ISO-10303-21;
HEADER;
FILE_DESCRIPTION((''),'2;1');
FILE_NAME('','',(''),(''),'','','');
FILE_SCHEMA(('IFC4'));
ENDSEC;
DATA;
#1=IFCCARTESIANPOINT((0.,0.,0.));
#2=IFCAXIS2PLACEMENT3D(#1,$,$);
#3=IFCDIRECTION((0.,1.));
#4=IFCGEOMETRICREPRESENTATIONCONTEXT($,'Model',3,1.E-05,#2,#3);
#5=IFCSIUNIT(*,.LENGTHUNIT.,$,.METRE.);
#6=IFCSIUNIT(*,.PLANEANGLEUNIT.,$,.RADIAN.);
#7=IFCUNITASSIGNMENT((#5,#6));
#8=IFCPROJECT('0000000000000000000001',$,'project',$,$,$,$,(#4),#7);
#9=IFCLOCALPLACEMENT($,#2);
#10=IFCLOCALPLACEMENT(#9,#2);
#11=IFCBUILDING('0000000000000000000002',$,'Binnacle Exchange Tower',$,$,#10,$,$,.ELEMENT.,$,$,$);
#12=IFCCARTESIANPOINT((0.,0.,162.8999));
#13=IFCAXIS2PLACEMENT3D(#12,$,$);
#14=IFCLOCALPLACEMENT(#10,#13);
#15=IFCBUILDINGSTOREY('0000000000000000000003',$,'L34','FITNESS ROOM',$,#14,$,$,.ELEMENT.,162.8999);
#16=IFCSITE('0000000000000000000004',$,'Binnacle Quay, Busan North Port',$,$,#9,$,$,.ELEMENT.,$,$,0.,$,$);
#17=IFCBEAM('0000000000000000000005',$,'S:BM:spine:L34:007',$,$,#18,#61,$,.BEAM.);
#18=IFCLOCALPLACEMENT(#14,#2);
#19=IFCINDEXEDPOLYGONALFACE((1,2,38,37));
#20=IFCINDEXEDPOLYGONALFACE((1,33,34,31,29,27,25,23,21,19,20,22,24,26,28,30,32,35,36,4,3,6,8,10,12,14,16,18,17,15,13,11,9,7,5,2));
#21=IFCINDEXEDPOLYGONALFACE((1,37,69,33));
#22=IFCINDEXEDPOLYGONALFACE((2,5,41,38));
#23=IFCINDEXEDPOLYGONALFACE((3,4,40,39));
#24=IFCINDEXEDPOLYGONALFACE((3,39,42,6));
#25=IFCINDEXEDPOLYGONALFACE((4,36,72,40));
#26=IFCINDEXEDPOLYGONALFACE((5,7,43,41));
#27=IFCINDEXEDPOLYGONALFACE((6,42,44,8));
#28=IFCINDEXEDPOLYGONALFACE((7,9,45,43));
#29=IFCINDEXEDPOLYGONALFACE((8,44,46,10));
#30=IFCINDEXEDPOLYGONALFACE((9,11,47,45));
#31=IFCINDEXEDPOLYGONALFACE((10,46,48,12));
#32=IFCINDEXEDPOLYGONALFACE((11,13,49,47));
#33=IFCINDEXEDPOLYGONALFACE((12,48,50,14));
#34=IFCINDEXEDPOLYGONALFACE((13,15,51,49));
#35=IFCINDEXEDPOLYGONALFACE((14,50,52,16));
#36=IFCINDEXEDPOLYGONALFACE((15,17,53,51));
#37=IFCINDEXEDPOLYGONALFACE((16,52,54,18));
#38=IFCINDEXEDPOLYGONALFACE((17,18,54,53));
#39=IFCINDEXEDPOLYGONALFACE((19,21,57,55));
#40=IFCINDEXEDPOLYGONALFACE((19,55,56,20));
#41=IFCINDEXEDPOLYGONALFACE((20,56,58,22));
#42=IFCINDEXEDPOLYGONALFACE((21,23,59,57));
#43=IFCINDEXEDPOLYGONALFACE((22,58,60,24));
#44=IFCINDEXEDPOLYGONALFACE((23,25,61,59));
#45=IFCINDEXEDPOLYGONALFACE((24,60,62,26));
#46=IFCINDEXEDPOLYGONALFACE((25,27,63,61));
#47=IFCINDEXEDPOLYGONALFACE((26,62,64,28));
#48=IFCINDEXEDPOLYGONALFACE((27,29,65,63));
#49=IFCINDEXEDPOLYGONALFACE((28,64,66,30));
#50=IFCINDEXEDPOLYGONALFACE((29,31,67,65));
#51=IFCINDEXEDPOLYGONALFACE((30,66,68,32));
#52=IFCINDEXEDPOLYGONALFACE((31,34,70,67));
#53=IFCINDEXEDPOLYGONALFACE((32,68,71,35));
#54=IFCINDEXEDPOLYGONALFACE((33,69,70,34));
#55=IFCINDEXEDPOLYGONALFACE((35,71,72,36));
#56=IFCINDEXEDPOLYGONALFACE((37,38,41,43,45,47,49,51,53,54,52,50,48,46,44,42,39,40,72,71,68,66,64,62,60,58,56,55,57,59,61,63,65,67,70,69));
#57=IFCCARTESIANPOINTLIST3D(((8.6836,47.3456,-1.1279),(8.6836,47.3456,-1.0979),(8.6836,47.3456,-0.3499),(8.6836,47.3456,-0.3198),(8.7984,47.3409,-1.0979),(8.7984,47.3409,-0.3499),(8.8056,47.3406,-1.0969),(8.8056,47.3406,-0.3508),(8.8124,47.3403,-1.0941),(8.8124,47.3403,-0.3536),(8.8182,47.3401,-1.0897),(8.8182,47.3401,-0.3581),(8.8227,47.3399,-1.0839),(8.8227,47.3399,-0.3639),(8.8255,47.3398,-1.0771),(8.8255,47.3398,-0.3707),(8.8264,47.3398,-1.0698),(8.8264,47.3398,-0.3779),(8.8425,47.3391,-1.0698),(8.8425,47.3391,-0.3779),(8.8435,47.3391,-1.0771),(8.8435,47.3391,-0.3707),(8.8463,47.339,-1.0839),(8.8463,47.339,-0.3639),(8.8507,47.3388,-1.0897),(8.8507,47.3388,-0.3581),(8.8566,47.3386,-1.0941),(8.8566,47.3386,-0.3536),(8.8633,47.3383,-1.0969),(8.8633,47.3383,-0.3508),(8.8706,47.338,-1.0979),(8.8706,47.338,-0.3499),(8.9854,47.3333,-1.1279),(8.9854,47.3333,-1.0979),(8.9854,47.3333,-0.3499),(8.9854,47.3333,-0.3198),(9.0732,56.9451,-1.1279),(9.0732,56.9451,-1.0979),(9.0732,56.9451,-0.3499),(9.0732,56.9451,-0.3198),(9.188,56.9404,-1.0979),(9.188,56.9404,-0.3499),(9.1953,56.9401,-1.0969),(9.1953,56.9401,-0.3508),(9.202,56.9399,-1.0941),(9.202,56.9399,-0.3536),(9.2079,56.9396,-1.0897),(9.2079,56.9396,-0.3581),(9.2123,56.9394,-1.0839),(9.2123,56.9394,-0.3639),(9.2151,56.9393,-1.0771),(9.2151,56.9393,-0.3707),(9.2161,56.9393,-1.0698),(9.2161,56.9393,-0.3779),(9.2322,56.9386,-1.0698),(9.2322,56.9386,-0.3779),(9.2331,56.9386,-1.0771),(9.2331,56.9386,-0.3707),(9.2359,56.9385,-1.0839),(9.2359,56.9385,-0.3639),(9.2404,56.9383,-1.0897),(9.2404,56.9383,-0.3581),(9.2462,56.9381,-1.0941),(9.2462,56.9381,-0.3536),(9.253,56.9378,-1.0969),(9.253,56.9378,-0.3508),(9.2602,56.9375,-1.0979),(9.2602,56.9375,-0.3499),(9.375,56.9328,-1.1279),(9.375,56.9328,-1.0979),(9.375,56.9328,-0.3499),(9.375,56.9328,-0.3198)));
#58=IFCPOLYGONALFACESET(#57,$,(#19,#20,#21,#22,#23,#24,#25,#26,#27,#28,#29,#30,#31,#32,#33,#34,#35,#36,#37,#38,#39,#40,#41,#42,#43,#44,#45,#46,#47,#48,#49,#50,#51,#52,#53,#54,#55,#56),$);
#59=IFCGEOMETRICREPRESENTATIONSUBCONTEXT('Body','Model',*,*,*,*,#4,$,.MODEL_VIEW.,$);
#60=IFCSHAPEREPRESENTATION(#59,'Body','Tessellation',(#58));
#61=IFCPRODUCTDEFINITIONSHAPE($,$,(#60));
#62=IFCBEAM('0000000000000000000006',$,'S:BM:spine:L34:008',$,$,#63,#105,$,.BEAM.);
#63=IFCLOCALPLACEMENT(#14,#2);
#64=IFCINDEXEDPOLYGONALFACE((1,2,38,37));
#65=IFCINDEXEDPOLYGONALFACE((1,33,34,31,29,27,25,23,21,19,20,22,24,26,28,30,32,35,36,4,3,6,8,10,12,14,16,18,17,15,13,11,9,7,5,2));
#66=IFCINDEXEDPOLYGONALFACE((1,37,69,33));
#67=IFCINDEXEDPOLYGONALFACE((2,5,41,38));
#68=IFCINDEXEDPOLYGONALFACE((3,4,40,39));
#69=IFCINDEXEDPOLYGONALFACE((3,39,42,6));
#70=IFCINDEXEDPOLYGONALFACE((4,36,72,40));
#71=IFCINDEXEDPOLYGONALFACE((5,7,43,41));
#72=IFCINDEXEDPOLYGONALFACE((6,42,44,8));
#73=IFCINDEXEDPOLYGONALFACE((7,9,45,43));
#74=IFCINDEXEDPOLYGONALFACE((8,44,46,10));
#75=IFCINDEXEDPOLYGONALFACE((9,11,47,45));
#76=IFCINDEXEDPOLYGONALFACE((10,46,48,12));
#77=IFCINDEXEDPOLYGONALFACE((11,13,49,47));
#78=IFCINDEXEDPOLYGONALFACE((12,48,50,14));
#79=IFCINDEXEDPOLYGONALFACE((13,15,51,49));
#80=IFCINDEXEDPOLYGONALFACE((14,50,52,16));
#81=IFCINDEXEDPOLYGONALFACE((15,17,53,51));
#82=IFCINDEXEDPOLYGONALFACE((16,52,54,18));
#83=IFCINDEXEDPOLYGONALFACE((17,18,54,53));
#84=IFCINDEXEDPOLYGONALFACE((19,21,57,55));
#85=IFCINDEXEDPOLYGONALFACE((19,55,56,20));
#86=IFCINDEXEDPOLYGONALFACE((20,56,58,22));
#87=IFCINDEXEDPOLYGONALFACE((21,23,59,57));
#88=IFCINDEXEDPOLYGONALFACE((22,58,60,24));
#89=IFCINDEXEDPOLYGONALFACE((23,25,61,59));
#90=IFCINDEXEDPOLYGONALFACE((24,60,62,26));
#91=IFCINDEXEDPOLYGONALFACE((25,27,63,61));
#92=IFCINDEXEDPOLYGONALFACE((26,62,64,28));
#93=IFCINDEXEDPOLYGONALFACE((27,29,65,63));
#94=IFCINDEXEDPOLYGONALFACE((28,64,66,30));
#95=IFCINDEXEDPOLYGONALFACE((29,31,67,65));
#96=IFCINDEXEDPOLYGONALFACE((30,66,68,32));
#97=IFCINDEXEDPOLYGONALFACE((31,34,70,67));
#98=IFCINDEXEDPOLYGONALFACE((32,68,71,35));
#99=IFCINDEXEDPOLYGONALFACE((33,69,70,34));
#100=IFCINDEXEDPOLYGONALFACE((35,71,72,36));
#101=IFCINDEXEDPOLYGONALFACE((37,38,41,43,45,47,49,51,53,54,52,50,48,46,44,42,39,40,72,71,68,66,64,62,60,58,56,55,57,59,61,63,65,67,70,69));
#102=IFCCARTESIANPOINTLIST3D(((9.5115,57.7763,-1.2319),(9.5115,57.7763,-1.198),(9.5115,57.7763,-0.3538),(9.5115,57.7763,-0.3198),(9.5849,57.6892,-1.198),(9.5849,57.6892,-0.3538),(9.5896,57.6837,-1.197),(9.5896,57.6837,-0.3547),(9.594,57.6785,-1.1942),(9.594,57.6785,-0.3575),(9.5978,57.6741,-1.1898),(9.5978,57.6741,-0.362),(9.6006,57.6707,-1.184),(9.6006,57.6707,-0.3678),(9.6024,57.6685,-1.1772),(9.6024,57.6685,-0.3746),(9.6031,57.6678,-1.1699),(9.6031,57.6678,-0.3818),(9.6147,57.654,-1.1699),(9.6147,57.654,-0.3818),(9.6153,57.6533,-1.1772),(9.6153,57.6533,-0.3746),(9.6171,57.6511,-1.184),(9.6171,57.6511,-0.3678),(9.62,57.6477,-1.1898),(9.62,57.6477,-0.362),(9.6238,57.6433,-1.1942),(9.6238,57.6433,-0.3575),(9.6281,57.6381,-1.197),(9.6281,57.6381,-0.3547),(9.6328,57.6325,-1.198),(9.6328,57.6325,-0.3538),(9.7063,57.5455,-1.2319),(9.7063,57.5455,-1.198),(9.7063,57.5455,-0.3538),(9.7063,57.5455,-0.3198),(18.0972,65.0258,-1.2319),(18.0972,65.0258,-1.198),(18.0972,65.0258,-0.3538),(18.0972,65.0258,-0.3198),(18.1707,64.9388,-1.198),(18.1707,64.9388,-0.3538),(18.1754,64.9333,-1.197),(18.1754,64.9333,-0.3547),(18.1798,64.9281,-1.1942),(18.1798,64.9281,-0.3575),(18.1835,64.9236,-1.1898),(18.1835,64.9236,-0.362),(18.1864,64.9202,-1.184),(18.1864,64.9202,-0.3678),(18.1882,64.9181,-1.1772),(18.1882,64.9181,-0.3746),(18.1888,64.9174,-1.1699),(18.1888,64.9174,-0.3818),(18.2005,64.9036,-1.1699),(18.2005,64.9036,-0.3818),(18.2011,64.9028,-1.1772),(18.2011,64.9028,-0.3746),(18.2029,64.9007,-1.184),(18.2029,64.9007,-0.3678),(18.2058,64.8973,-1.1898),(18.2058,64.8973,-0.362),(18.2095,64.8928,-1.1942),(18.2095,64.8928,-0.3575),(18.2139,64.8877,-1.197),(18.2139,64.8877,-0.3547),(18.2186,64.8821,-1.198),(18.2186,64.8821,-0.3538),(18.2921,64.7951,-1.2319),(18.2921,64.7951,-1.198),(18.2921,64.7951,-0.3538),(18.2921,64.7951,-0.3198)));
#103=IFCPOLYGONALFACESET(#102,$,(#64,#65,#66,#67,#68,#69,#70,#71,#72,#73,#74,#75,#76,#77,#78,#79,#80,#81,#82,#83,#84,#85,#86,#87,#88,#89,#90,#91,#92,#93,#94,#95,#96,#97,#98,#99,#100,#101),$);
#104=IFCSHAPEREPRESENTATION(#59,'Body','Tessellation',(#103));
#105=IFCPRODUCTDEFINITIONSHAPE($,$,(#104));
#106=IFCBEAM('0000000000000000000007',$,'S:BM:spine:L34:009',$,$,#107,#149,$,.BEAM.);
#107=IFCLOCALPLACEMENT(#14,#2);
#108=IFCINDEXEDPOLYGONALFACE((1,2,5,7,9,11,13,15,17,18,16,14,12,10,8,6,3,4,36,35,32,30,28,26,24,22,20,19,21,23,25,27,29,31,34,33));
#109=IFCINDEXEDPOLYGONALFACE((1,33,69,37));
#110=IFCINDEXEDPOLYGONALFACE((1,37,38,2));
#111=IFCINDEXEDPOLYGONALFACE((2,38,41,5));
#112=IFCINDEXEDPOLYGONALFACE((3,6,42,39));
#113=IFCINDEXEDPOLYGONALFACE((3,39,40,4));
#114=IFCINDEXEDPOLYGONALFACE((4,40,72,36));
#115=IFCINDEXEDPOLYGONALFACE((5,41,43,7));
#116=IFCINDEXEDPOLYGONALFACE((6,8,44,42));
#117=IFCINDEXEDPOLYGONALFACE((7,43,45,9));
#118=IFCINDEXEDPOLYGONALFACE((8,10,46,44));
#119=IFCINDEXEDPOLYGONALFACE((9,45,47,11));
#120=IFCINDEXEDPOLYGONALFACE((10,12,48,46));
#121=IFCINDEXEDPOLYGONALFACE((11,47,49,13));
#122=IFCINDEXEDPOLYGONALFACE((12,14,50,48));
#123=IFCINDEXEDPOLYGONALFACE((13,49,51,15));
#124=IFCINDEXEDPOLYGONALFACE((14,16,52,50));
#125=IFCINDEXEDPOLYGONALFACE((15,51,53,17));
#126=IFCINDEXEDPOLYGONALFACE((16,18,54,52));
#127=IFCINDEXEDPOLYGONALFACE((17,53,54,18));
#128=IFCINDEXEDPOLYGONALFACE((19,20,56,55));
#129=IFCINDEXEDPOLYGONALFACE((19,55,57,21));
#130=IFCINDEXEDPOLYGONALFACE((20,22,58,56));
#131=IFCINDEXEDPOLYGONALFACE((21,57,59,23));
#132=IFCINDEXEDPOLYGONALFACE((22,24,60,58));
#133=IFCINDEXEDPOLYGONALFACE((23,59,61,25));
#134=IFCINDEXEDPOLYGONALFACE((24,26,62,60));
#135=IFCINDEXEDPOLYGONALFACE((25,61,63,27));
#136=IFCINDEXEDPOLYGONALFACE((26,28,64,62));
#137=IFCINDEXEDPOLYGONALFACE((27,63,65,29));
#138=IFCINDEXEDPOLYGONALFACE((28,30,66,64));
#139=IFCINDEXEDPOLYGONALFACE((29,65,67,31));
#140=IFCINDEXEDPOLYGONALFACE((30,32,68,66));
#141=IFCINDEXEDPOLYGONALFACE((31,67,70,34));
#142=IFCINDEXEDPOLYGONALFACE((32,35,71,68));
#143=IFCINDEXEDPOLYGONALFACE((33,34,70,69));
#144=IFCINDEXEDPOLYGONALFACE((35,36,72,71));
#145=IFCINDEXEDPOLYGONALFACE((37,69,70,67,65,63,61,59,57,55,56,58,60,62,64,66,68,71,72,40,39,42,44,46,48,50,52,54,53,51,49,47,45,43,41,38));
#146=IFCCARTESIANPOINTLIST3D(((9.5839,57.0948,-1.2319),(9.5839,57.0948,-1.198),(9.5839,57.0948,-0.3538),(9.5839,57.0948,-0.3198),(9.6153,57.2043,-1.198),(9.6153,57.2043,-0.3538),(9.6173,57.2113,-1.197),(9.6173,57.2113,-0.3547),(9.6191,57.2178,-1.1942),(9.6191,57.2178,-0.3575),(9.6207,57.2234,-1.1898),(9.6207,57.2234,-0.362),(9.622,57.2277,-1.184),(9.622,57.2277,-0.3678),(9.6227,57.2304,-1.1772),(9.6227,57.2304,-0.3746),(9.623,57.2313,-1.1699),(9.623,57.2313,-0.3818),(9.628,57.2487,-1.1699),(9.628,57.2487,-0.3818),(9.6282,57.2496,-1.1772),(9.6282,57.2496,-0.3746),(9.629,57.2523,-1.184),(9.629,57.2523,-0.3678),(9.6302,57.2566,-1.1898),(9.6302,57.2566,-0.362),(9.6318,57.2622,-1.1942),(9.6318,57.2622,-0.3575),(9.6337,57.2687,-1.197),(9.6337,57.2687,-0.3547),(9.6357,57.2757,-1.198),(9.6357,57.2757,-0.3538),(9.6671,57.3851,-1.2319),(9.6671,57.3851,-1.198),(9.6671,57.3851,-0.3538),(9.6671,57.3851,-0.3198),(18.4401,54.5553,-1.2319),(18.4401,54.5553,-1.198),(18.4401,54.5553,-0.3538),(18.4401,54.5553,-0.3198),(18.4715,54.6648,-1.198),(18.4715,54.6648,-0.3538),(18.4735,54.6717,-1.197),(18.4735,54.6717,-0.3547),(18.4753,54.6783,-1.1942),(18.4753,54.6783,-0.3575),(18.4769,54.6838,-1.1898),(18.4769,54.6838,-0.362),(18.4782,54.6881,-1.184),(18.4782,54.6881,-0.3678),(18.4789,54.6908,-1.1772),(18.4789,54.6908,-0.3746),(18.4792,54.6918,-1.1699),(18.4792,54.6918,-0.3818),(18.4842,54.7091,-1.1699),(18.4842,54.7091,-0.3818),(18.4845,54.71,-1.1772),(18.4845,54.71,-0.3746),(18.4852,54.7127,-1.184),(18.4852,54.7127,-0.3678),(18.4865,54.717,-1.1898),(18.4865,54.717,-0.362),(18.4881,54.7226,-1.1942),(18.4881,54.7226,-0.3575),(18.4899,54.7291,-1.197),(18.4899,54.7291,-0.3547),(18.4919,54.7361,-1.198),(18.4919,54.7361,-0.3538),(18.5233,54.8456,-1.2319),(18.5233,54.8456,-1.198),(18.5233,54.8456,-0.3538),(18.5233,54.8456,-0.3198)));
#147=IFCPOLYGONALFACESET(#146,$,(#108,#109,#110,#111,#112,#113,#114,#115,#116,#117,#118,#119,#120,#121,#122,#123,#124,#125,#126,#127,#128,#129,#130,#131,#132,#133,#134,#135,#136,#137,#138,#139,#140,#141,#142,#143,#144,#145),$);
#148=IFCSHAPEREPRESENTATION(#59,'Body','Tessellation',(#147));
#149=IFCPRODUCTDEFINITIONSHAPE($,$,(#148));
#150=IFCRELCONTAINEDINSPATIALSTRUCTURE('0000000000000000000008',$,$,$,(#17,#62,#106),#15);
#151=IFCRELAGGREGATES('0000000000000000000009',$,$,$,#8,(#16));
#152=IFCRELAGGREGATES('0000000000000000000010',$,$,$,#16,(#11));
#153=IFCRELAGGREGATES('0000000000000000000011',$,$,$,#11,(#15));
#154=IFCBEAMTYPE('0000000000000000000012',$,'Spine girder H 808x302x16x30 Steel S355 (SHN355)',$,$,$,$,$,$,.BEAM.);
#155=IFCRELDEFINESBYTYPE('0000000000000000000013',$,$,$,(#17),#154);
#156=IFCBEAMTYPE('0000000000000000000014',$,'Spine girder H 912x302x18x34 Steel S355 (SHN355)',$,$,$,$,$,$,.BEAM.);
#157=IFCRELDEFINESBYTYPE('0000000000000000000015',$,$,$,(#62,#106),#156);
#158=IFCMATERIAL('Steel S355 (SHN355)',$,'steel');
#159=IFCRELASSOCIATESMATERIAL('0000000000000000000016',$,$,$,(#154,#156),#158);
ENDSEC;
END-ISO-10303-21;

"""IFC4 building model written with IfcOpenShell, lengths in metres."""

from ifc_helpers import new_model, si_unit, direction, frame, origin, origin_2d, place, context, subcontext, project, spatial, i_section, extrude, material, material_profile, profile_set, type_object, element, save


model = new_model("IFC4")

# Units and contexts
model_context = context("Model", 3, precision=1e-05, world=origin(), true_north=direction((0.0, 1.0)))
body_context = subcontext(model_context, "Body", "Model", "MODEL_VIEW")
ifc_project = project(units=[si_unit("LENGTHUNIT", "METRE"), si_unit("PLANEANGLEUNIT", "RADIAN")], contexts=[model_context])

# Site, building, storey
site_placement = place(None, origin())
site = spatial("IfcSite", under=ifc_project, at=site_placement, Name="Binnacle Quay, Busan North Port", CompositionType="ELEMENT", RefElevation=0.0)
building_placement = place(site_placement, origin())
building = spatial("IfcBuilding", under=site, at=building_placement, Name="Binnacle Exchange Tower", CompositionType="ELEMENT")
storey_placement = place(building_placement, frame((0.0, 0.0, 162.8999)))
storey = spatial("IfcBuildingStorey", under=building, at=storey_placement, Name="L34", Description="FITNESS ROOM", CompositionType="ELEMENT", Elevation=162.8999)

# Beams
ifc_material_1 = material(Name="Steel S355 (SHN355)", Category="steel")
ifc_material_profile_1 = material_profile(ifc_material_1, i_section(OverallWidth=0.302, OverallDepth=0.8081, WebThickness=0.0161, FlangeThickness=0.03, FilletRadius=0.0281, at=origin_2d()), Name="H 808x302x16x30")
ifc_profile_set_1 = profile_set([ifc_material_profile_1], Name="Steel S355 (SHN355)")
beam_type_1 = type_object("IfcBeamType", Name="Spine girder H 808x302x16x30 Steel S355 (SHN355)", PredefinedType="BEAM", material=ifc_profile_set_1)
beam_1_placement = place(storey_placement, frame((9.2241, 56.939, -0.7239), z_axis=(-0.040557, -0.999177, 0.0), x_axis=(0.999177, -0.040557, 0.0)))
element("IfcBeam", 1, at=beam_1_placement, inside=storey, type_object=beam_type_1, Name="S:BM:spine:L34:007", PredefinedType="BEAM", context=body_context, shape_type="SweptSolid", body=[
    extrude(i_section(OverallWidth=0.302, OverallDepth=0.8081, WebThickness=0.0161, FlangeThickness=0.03, FilletRadius=0.0281, at=origin_2d()), origin(), (0.0, 0.0, 1.0), 9.6074),
])
ifc_material_profile_2 = material_profile(ifc_material_1, i_section(OverallWidth=0.302, OverallDepth=0.9121, WebThickness=0.0181, FlangeThickness=0.0339, FilletRadius=0.0281, at=origin_2d()), Name="H 912x302x18x34")
ifc_profile_set_2 = profile_set([ifc_material_profile_2], Name="Steel S355 (SHN355)")
beam_type_2 = type_object("IfcBeamType", Name="Spine girder H 912x302x18x34 Steel S355 (SHN355)", PredefinedType="BEAM", material=ifc_profile_set_2)
beam_2_placement = place(storey_placement, frame((9.6089, 57.6609, -0.7759), z_axis=(0.764058, 0.645148, 0.0), x_axis=(-0.645148, 0.764058, 0.0)))
element("IfcBeam", 2, at=beam_2_placement, inside=storey, type_object=beam_type_2, Name="S:BM:spine:L34:008", PredefinedType="BEAM", context=body_context, shape_type="SweptSolid", body=[
    extrude(i_section(OverallWidth=0.302, OverallDepth=0.9121, WebThickness=0.0181, FlangeThickness=0.0339, FilletRadius=0.0281, at=origin_2d()), origin(), (0.0, 0.0, 1.0), 11.2371),
])
beam_3_placement = place(storey_placement, frame((9.6255, 57.24, -0.7759), z_axis=(0.96126, -0.275645, 0.0), x_axis=(0.275645, 0.96126, 0.0)))
element("IfcBeam", 3, at=beam_3_placement, inside=storey, type_object=beam_type_2, Name="S:BM:spine:L34:009", PredefinedType="BEAM", context=body_context, shape_type="SweptSolid", body=[
    extrude(i_section(OverallWidth=0.302, OverallDepth=0.9121, WebThickness=0.0181, FlangeThickness=0.0339, FilletRadius=0.0281, at=origin_2d()), origin(), (0.0, 0.0, 1.0), 9.2131),
])

save(model, "model.ifc")
